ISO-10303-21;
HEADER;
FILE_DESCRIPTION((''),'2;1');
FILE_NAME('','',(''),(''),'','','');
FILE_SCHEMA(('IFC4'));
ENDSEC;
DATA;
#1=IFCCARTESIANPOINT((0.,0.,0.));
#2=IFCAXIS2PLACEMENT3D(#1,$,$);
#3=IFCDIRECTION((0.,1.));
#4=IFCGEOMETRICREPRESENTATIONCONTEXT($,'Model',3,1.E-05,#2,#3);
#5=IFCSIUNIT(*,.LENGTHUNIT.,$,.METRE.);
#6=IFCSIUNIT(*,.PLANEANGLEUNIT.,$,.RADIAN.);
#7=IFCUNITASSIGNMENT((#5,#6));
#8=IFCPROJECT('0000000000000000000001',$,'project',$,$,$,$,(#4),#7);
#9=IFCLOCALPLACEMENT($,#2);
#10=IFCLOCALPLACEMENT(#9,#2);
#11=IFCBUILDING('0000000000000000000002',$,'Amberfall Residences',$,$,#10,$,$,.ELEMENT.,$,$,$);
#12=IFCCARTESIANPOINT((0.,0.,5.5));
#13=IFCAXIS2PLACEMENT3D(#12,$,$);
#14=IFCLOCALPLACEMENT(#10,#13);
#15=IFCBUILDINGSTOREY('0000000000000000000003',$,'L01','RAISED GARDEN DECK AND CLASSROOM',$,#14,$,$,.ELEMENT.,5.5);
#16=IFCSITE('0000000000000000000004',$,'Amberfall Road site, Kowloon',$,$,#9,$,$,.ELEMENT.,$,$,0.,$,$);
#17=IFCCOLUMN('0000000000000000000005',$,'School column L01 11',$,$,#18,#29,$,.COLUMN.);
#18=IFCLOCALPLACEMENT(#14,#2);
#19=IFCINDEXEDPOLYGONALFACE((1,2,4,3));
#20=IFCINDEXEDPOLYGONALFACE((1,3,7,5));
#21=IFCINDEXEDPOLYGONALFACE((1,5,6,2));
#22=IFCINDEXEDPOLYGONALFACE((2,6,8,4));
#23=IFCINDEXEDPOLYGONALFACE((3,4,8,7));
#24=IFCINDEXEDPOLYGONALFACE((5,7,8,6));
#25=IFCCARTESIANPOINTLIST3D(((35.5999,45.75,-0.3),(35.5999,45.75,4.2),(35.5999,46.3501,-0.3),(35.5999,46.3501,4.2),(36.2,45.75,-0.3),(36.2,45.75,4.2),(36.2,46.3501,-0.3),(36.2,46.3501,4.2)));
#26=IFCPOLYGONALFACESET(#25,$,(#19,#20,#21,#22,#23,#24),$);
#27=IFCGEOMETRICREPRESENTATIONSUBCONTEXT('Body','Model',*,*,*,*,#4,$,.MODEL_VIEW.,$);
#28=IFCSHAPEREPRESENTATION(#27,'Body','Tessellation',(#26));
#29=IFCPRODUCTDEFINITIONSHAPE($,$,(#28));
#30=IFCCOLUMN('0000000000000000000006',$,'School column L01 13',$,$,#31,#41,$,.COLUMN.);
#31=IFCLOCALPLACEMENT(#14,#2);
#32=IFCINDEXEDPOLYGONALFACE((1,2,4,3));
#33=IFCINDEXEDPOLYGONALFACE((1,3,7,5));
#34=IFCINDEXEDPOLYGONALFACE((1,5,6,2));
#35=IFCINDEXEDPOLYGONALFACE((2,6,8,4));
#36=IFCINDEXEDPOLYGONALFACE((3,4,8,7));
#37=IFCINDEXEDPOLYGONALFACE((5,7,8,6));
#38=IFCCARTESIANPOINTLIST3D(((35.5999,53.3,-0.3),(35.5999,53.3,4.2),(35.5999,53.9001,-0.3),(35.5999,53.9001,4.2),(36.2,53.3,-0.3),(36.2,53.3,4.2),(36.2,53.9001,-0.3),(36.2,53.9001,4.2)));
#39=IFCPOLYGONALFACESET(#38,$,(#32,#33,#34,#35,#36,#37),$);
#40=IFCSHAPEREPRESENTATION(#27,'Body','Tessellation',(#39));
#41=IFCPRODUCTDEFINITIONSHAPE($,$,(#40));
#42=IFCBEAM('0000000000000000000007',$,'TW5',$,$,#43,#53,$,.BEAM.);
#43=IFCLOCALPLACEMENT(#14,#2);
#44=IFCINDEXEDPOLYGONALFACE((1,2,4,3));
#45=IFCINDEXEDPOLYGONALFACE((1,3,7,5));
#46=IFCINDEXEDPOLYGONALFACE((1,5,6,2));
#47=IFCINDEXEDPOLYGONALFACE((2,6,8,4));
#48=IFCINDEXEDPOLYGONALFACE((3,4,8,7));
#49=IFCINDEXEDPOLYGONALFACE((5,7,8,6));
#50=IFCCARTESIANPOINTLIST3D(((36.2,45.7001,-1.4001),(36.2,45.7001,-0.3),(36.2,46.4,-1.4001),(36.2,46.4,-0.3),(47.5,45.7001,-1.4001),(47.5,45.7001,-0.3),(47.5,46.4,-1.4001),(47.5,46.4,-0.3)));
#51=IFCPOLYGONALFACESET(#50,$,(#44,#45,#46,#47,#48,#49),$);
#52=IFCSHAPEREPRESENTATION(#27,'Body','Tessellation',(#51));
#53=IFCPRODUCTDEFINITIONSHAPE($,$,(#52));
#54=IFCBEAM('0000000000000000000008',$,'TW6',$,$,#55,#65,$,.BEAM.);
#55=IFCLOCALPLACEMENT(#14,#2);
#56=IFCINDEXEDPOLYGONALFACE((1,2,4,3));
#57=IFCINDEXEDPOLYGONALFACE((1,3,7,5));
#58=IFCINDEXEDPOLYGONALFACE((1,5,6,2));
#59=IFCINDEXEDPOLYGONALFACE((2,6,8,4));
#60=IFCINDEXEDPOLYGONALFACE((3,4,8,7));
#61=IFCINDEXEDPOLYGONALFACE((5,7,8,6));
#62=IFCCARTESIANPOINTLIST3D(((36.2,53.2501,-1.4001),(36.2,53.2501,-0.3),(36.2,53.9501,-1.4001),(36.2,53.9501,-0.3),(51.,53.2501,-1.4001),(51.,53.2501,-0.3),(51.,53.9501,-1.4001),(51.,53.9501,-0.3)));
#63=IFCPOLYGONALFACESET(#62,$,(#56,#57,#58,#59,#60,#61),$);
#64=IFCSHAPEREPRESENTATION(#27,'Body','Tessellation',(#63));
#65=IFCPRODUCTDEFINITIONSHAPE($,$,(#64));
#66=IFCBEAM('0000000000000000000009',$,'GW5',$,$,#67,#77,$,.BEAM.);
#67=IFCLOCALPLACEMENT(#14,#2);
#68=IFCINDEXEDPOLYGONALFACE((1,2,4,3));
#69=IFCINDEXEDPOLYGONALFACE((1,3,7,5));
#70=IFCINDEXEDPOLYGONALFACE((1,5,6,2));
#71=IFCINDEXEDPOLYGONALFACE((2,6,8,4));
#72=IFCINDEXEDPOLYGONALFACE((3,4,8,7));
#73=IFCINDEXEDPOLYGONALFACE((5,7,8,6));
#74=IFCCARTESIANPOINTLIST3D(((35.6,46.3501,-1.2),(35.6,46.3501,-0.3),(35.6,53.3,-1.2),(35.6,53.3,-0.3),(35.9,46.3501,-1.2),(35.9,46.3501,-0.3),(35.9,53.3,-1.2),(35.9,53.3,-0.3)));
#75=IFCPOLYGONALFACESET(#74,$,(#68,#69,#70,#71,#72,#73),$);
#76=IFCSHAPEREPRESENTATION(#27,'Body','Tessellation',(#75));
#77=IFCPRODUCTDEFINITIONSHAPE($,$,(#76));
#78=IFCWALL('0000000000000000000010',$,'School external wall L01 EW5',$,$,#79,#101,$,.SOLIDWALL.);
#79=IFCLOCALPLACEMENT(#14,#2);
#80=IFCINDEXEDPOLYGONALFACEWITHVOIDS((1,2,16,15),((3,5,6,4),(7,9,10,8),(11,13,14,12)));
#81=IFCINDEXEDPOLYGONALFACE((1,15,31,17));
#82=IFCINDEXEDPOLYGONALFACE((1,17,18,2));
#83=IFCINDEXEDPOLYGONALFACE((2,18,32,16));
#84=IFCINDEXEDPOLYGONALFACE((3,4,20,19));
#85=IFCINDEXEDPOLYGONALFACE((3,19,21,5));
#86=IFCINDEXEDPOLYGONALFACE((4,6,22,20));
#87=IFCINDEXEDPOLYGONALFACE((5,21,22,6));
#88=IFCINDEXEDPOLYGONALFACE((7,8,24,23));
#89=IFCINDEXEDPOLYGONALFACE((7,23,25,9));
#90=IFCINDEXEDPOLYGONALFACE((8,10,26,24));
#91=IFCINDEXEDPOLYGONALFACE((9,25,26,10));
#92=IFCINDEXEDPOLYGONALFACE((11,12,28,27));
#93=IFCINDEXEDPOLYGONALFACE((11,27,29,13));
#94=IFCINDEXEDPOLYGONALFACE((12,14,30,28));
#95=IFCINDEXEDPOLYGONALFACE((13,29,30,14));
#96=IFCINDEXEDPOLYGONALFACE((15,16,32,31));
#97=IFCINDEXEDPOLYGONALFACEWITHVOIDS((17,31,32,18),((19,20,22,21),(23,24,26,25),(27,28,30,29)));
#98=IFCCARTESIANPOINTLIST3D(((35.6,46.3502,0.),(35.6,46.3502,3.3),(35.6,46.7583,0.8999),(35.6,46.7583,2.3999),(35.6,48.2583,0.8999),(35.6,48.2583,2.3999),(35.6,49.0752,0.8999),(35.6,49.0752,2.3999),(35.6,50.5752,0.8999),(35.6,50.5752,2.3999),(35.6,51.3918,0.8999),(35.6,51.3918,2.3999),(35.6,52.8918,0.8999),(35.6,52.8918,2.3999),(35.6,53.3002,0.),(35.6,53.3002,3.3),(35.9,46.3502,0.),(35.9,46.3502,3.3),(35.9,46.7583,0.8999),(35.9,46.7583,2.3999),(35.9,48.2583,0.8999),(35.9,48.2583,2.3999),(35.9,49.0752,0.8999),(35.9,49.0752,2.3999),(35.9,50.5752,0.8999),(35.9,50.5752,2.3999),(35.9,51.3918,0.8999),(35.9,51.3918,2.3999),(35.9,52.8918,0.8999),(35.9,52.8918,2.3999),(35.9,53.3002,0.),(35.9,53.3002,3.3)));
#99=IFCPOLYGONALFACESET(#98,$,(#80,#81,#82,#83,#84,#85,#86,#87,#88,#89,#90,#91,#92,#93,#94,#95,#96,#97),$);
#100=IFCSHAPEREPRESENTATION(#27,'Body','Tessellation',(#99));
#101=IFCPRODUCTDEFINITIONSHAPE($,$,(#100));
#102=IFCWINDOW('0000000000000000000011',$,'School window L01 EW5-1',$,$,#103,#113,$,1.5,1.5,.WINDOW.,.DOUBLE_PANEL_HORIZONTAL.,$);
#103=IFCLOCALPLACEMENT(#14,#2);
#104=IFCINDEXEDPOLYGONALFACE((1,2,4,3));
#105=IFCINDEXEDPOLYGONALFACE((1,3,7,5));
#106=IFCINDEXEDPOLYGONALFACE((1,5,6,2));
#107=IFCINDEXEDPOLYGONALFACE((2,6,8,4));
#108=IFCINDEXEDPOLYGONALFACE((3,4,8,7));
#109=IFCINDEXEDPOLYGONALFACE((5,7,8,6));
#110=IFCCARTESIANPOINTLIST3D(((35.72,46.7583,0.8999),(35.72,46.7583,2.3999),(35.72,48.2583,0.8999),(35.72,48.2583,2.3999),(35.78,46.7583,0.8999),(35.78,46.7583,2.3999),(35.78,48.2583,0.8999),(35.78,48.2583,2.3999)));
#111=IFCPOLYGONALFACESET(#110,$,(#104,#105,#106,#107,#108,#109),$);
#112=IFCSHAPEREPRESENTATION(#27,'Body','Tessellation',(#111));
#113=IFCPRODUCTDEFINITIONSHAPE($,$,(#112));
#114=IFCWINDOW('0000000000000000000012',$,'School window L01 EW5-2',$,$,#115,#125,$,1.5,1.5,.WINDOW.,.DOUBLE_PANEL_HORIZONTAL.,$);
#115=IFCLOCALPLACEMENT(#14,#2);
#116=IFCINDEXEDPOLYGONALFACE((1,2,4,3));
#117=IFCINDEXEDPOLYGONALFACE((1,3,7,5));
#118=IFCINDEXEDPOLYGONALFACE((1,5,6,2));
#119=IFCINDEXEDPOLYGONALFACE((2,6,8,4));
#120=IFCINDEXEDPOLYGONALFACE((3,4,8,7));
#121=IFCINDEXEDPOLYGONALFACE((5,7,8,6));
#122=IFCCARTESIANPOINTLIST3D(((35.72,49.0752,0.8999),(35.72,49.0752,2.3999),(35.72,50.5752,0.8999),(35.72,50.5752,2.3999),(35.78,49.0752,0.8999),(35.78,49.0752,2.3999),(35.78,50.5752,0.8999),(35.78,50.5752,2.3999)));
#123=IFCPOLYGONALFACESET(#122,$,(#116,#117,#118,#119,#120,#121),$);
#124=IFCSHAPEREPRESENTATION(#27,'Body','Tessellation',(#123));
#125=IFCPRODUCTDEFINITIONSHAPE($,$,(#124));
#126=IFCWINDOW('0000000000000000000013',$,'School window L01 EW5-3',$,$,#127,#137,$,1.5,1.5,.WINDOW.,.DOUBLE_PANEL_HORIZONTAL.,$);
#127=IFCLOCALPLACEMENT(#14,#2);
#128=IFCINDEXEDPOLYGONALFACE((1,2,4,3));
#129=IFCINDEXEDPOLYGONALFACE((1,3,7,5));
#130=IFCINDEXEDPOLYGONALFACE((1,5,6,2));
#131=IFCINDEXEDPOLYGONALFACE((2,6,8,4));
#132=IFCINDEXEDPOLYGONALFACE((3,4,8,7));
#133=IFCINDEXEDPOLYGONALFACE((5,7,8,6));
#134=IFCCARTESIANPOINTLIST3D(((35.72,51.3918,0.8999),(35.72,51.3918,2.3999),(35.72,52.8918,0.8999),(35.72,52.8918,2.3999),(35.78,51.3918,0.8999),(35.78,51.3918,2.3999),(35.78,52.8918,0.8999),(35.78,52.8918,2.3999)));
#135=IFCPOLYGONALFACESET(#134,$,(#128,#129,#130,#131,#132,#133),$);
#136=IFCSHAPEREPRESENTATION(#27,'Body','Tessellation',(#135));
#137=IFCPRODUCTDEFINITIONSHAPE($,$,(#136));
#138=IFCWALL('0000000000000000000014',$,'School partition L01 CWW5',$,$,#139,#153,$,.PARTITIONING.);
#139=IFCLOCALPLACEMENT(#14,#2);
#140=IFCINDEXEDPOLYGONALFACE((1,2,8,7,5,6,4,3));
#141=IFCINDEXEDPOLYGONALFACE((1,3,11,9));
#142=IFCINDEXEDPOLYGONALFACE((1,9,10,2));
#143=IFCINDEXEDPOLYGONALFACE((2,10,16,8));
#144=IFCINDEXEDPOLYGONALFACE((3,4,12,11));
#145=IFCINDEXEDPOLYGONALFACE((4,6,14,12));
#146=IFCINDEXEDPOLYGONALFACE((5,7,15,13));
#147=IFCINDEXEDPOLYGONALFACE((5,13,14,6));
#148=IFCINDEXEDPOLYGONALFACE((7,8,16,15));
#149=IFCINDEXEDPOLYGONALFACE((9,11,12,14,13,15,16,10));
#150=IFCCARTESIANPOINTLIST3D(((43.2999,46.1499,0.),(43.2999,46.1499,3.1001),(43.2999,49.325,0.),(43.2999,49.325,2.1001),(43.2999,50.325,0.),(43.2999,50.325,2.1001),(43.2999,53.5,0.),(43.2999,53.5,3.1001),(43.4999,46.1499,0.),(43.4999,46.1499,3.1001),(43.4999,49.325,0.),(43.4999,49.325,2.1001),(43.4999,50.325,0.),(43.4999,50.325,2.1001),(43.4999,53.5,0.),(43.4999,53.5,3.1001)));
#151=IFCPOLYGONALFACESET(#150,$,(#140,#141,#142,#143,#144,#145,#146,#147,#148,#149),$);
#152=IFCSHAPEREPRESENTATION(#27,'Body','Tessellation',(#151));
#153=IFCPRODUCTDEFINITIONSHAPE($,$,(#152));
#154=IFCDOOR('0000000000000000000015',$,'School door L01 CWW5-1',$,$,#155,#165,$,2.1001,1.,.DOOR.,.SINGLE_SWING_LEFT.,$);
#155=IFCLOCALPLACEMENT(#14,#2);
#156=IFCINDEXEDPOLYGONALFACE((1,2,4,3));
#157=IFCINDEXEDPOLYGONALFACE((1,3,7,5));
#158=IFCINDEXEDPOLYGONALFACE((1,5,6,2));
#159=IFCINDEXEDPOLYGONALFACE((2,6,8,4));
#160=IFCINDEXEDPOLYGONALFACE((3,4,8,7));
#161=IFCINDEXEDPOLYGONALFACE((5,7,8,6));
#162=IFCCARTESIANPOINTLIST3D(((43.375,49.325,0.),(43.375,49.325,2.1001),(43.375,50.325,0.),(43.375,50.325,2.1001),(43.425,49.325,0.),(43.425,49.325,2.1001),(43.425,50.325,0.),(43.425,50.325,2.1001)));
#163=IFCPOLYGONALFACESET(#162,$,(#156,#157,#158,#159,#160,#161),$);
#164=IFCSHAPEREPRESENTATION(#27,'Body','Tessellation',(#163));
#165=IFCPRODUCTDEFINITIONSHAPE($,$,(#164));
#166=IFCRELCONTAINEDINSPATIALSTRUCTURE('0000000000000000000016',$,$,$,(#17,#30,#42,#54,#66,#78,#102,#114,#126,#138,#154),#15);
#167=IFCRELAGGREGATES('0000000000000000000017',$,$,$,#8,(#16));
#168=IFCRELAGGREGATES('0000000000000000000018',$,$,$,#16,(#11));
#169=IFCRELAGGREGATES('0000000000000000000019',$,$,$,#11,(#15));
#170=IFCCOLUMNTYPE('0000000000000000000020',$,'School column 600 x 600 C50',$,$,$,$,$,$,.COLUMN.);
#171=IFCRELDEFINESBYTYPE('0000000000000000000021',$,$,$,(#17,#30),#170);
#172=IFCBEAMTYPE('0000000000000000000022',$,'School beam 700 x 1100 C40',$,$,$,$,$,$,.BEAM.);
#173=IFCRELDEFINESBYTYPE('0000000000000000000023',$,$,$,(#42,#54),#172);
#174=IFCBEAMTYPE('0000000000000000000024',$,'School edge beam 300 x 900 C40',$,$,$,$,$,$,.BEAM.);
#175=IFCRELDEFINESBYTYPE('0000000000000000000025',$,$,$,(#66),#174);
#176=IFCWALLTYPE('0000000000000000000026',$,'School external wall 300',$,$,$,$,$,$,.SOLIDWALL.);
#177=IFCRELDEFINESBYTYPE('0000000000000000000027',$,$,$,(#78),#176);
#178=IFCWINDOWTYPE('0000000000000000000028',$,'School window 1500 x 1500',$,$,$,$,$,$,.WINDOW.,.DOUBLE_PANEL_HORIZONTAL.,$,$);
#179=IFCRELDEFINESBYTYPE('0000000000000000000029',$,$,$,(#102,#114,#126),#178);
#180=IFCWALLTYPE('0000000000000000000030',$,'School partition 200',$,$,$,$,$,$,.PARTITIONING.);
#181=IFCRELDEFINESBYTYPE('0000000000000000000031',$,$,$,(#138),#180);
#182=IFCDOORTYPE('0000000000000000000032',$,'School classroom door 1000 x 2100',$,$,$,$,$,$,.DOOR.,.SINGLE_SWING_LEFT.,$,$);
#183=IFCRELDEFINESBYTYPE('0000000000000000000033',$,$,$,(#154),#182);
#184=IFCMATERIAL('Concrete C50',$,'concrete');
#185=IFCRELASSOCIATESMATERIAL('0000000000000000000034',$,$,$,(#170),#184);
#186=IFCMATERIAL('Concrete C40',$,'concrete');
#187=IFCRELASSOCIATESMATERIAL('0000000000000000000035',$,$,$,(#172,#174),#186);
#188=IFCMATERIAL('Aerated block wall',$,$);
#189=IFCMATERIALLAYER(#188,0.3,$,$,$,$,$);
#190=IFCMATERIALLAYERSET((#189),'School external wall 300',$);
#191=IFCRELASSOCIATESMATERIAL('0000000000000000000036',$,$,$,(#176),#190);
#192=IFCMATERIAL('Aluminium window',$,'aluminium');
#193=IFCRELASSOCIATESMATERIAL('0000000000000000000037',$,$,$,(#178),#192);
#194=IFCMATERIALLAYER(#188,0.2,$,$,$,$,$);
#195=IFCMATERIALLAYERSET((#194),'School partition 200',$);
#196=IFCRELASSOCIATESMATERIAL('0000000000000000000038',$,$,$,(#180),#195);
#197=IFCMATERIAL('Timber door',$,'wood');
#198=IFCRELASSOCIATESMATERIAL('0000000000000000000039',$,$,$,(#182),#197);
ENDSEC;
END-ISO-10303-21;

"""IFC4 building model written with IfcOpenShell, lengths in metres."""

from ifc_helpers import new_model, si_unit, direction, frame, frame_2d, origin, origin_2d, place, context, subcontext, project, spatial, rectangle, extrude, material, layer, layer_set, material_profile, profile_set, type_object, element, fill, save


model = new_model("IFC4")

# Units and contexts
model_context = context("Model", 3, precision=1e-05, world=origin(), true_north=direction((0.0, 1.0)))
body_context = subcontext(model_context, "Body", "Model", "MODEL_VIEW")
ifc_project = project(units=[si_unit("LENGTHUNIT", "METRE"), si_unit("PLANEANGLEUNIT", "RADIAN")], contexts=[model_context])

# Site, building, storey
site_placement = place(None, origin())
site = spatial("IfcSite", under=ifc_project, at=site_placement, Name="Amberfall Road site, Kowloon", CompositionType="ELEMENT", RefElevation=0.0)
building_placement = place(site_placement, origin())
building = spatial("IfcBuilding", under=site, at=building_placement, Name="Amberfall Residences", CompositionType="ELEMENT")
storey_placement = place(building_placement, frame((0.0, 0.0, 5.5)))
storey = spatial("IfcBuildingStorey", under=building, at=storey_placement, Name="L01", Description="RAISED GARDEN DECK AND CLASSROOM", CompositionType="ELEMENT", Elevation=5.5)

# Columns
ifc_material_1 = material(Name="Concrete C50", Category="concrete")
ifc_material_profile_1 = material_profile(ifc_material_1, rectangle(XDim=0.6001, YDim=0.6001, at=origin_2d()), Name="School column 600 x 600 C50")
ifc_profile_set_1 = profile_set([ifc_material_profile_1], Name="Concrete C50")
column_type = type_object("IfcColumnType", Name="School column 600 x 600 C50", PredefinedType="COLUMN", material=ifc_profile_set_1)
for number, where, z_axis, x_axis, name in (
    (1, (35.8999, 46.05, -0.3), (0.0, 0.0, 1.0), (1.0, 0.0, 0.0), "School column L01 11"),
    (2, (35.8999, 53.6001, -0.3), (0.0, 0.0, 1.0), (1.0, 0.0, 0.0), "School column L01 13"),
):
    element("IfcColumn", number, at=place(storey_placement, frame(where, z_axis=z_axis, x_axis=x_axis)), inside=storey, type_object=column_type, Name=name, PredefinedType="COLUMN", context=body_context, shape_type="SweptSolid", body=[
        extrude(rectangle(XDim=0.6001, YDim=0.6001, at=origin_2d()), origin(), (0.0, 0.0, 1.0), 4.5),
    ])

# Beams
ifc_material_2 = material(Name="Concrete C40", Category="concrete")
ifc_material_profile_2 = material_profile(ifc_material_2, rectangle(XDim=0.7, YDim=1.1001, at=origin_2d()), Name="School beam 700 x 1100 C40")
ifc_profile_set_2 = profile_set([ifc_material_profile_2], Name="Concrete C40")
beam_type_1 = type_object("IfcBeamType", Name="School beam 700 x 1100 C40", PredefinedType="BEAM", material=ifc_profile_set_2)
beam_1_placement = place(storey_placement, frame((36.2, 46.05, -0.8501), z_axis=(1.0, 0.0, 0.0), x_axis=(0.0, 1.0, 0.0)))
element("IfcBeam", 3, at=beam_1_placement, inside=storey, type_object=beam_type_1, Name="TW5", PredefinedType="BEAM", context=body_context, shape_type="SweptSolid", body=[
    extrude(rectangle(XDim=0.7, YDim=1.1001, at=origin_2d()), origin(), (0.0, 0.0, 1.0), 11.3),
])
beam_2_placement = place(storey_placement, frame((36.2, 53.6001, -0.8501), z_axis=(1.0, 0.0, 0.0), x_axis=(0.0, 1.0, 0.0)))
element("IfcBeam", 4, at=beam_2_placement, inside=storey, type_object=beam_type_1, Name="TW6", PredefinedType="BEAM", context=body_context, shape_type="SweptSolid", body=[
    extrude(rectangle(XDim=0.7, YDim=1.1001, at=origin_2d()), origin(), (0.0, 0.0, 1.0), 14.8),
])
ifc_material_profile_3 = material_profile(ifc_material_2, rectangle(XDim=0.3, YDim=0.8999, at=origin_2d()), Name="School edge beam 300 x 900 C40")
ifc_profile_set_3 = profile_set([ifc_material_profile_3], Name="Concrete C40")
beam_type_2 = type_object("IfcBeamType", Name="School edge beam 300 x 900 C40", PredefinedType="BEAM", material=ifc_profile_set_3)
beam_3_placement = place(storey_placement, frame((35.75, 46.3501, -0.75), z_axis=(0.0, 1.0, 0.0), x_axis=(-1.0, 0.0, 0.0)))
element("IfcBeam", 5, at=beam_3_placement, inside=storey, type_object=beam_type_2, Name="GW5", PredefinedType="BEAM", context=body_context, shape_type="SweptSolid", body=[
    extrude(rectangle(XDim=0.3, YDim=0.8999, at=origin_2d()), origin(), (0.0, 0.0, 1.0), 6.95),
])

# Wall, openings, windows
ifc_material_3 = material(Name="Aerated block wall")
ifc_layer_1 = layer(ifc_material_3, 0.3)
ifc_layer_set_1 = layer_set([ifc_layer_1], Name="School external wall 300")
wall_type_1 = type_object("IfcWallType", Name="School external wall 300", PredefinedType="SOLIDWALL", material=ifc_layer_set_1)
wall_1_placement = place(storey_placement, frame((35.75, 46.3501, 0.0), z_axis=(0.0, 0.0, 1.0), x_axis=(0.0, 1.0, 0.0)))
wall_1 = element("IfcWall", 6, at=wall_1_placement, inside=storey, type_object=wall_type_1, Name="School external wall L01 EW5", PredefinedType="SOLIDWALL", context=body_context, shape_type="SweptSolid", body=[
    extrude(rectangle(XDim=6.95, YDim=0.3, at=frame_2d((3.4751, 0.0))), origin(), (0.0, 0.0, 1.0), 3.3),
])
opening_1_placement = place(wall_1_placement, frame((0.4082, 0.0, 0.8999)))
opening_1 = element("IfcOpeningElement", 7, at=opening_1_placement, cuts=wall_1, PredefinedType="OPENING", context=body_context, shape_type="SweptSolid", body=[
    extrude(rectangle(XDim=1.5, YDim=1.5, at=frame_2d((0.75, 0.75))), frame((0.0, 0.1599, 0.0), z_axis=(0.0, -1.0, 0.0), x_axis=(1.0, 0.0, 0.0)), (0.0, 0.0, 1.0), 0.3201),
])
opening_2_placement = place(wall_1_placement, frame((2.7251, 0.0, 0.8999)))
opening_2 = element("IfcOpeningElement", 8, at=opening_2_placement, cuts=wall_1, PredefinedType="OPENING", context=body_context, shape_type="SweptSolid", body=[
    extrude(rectangle(XDim=1.5, YDim=1.5, at=frame_2d((0.75, 0.75))), frame((0.0, 0.1599, 0.0), z_axis=(0.0, -1.0, 0.0), x_axis=(1.0, 0.0, 0.0)), (0.0, 0.0, 1.0), 0.3201),
])
opening_3_placement = place(wall_1_placement, frame((5.0417, 0.0, 0.8999)))
opening_3 = element("IfcOpeningElement", 9, at=opening_3_placement, cuts=wall_1, PredefinedType="OPENING", context=body_context, shape_type="SweptSolid", body=[
    extrude(rectangle(XDim=1.5, YDim=1.5, at=frame_2d((0.75, 0.75))), frame((0.0, 0.1599, 0.0), z_axis=(0.0, -1.0, 0.0), x_axis=(1.0, 0.0, 0.0)), (0.0, 0.0, 1.0), 0.3201),
])
ifc_material_4 = material(Name="Aluminium window", Category="aluminium")
window_type = type_object("IfcWindowType", Name="School window 1500 x 1500", PartitioningType="DOUBLE_PANEL_HORIZONTAL", PredefinedType="WINDOW", material=ifc_material_4)
window_1_placement = place(opening_1_placement, origin())
window_1 = element("IfcWindow", 10, at=window_1_placement, inside=storey, type_object=window_type, Name="School window L01 EW5-1", OverallHeight=1.5, OverallWidth=1.5, PartitioningType="DOUBLE_PANEL_HORIZONTAL", PredefinedType="WINDOW", context=body_context, shape_type="SweptSolid", body=[
    extrude(rectangle(XDim=1.5, YDim=1.5, at=frame_2d((0.75, 0.75))), frame((0.0, 0.03, 0.0), z_axis=(0.0, -1.0, 0.0), x_axis=(1.0, 0.0, 0.0)), (0.0, 0.0, 1.0), 0.0601),
])
fill(opening_1, window_1)
window_2_placement = place(opening_2_placement, origin())
window_2 = element("IfcWindow", 11, at=window_2_placement, inside=storey, type_object=window_type, Name="School window L01 EW5-2", OverallHeight=1.5, OverallWidth=1.5, PartitioningType="DOUBLE_PANEL_HORIZONTAL", PredefinedType="WINDOW", context=body_context, shape_type="SweptSolid", body=[
    extrude(rectangle(XDim=1.5, YDim=1.5, at=frame_2d((0.75, 0.75))), frame((0.0, 0.03, 0.0), z_axis=(0.0, -1.0, 0.0), x_axis=(1.0, 0.0, 0.0)), (0.0, 0.0, 1.0), 0.0601),
])
fill(opening_2, window_2)
window_3_placement = place(opening_3_placement, origin())
window_3 = element("IfcWindow", 12, at=window_3_placement, inside=storey, type_object=window_type, Name="School window L01 EW5-3", OverallHeight=1.5, OverallWidth=1.5, PartitioningType="DOUBLE_PANEL_HORIZONTAL", PredefinedType="WINDOW", context=body_context, shape_type="SweptSolid", body=[
    extrude(rectangle(XDim=1.5, YDim=1.5, at=frame_2d((0.75, 0.75))), frame((0.0, 0.03, 0.0), z_axis=(0.0, -1.0, 0.0), x_axis=(1.0, 0.0, 0.0)), (0.0, 0.0, 1.0), 0.0601),
])
fill(opening_3, window_3)

# Wall, opening, door
ifc_layer_2 = layer(ifc_material_3, 0.2)
ifc_layer_set_2 = layer_set([ifc_layer_2], Name="School partition 200")
wall_type_2 = type_object("IfcWallType", Name="School partition 200", PredefinedType="PARTITIONING", material=ifc_layer_set_2)
wall_2_placement = place(storey_placement, frame((43.3999, 46.1499, 0.0), z_axis=(0.0, 0.0, 1.0), x_axis=(0.0, 1.0, 0.0)))
wall_2 = element("IfcWall", 13, at=wall_2_placement, inside=storey, type_object=wall_type_2, Name="School partition L01 CWW5", PredefinedType="PARTITIONING", context=body_context, shape_type="SweptSolid", body=[
    extrude(rectangle(XDim=7.3501, YDim=0.2, at=frame_2d((3.675, 0.0))), origin(), (0.0, 0.0, 1.0), 3.1001),
])
opening_4_placement = place(wall_2_placement, frame((3.175, 0.0, 0.0)))
opening_4 = element("IfcOpeningElement", 14, at=opening_4_placement, cuts=wall_2, PredefinedType="OPENING", context=body_context, shape_type="SweptSolid", body=[
    extrude(rectangle(XDim=1.0, YDim=2.1001, at=frame_2d((0.5, 1.05))), frame((0.0, 0.1099, 0.0), z_axis=(0.0, -1.0, 0.0), x_axis=(1.0, 0.0, 0.0)), (0.0, 0.0, 1.0), 0.22),
])
ifc_material_5 = material(Name="Timber door", Category="wood")
door_type_1 = type_object("IfcDoorType", Name="School classroom door 1000 x 2100", OperationType="SINGLE_SWING_LEFT", PredefinedType="DOOR", material=ifc_material_5)
door_1_placement = place(opening_4_placement, origin())
door_1 = element("IfcDoor", 15, at=door_1_placement, inside=storey, type_object=door_type_1, Name="School door L01 CWW5-1", OperationType="SINGLE_SWING_LEFT", OverallHeight=2.1001, OverallWidth=1.0, PredefinedType="DOOR", context=body_context, shape_type="SweptSolid", body=[
    extrude(rectangle(XDim=1.0, YDim=2.1001, at=frame_2d((0.5, 1.05))), frame((0.0, 0.0249, 0.0), z_axis=(0.0, -1.0, 0.0), x_axis=(1.0, 0.0, 0.0)), (0.0, 0.0, 1.0), 0.05),
])
fill(opening_4, door_1)

save(model, "model.ifc")
